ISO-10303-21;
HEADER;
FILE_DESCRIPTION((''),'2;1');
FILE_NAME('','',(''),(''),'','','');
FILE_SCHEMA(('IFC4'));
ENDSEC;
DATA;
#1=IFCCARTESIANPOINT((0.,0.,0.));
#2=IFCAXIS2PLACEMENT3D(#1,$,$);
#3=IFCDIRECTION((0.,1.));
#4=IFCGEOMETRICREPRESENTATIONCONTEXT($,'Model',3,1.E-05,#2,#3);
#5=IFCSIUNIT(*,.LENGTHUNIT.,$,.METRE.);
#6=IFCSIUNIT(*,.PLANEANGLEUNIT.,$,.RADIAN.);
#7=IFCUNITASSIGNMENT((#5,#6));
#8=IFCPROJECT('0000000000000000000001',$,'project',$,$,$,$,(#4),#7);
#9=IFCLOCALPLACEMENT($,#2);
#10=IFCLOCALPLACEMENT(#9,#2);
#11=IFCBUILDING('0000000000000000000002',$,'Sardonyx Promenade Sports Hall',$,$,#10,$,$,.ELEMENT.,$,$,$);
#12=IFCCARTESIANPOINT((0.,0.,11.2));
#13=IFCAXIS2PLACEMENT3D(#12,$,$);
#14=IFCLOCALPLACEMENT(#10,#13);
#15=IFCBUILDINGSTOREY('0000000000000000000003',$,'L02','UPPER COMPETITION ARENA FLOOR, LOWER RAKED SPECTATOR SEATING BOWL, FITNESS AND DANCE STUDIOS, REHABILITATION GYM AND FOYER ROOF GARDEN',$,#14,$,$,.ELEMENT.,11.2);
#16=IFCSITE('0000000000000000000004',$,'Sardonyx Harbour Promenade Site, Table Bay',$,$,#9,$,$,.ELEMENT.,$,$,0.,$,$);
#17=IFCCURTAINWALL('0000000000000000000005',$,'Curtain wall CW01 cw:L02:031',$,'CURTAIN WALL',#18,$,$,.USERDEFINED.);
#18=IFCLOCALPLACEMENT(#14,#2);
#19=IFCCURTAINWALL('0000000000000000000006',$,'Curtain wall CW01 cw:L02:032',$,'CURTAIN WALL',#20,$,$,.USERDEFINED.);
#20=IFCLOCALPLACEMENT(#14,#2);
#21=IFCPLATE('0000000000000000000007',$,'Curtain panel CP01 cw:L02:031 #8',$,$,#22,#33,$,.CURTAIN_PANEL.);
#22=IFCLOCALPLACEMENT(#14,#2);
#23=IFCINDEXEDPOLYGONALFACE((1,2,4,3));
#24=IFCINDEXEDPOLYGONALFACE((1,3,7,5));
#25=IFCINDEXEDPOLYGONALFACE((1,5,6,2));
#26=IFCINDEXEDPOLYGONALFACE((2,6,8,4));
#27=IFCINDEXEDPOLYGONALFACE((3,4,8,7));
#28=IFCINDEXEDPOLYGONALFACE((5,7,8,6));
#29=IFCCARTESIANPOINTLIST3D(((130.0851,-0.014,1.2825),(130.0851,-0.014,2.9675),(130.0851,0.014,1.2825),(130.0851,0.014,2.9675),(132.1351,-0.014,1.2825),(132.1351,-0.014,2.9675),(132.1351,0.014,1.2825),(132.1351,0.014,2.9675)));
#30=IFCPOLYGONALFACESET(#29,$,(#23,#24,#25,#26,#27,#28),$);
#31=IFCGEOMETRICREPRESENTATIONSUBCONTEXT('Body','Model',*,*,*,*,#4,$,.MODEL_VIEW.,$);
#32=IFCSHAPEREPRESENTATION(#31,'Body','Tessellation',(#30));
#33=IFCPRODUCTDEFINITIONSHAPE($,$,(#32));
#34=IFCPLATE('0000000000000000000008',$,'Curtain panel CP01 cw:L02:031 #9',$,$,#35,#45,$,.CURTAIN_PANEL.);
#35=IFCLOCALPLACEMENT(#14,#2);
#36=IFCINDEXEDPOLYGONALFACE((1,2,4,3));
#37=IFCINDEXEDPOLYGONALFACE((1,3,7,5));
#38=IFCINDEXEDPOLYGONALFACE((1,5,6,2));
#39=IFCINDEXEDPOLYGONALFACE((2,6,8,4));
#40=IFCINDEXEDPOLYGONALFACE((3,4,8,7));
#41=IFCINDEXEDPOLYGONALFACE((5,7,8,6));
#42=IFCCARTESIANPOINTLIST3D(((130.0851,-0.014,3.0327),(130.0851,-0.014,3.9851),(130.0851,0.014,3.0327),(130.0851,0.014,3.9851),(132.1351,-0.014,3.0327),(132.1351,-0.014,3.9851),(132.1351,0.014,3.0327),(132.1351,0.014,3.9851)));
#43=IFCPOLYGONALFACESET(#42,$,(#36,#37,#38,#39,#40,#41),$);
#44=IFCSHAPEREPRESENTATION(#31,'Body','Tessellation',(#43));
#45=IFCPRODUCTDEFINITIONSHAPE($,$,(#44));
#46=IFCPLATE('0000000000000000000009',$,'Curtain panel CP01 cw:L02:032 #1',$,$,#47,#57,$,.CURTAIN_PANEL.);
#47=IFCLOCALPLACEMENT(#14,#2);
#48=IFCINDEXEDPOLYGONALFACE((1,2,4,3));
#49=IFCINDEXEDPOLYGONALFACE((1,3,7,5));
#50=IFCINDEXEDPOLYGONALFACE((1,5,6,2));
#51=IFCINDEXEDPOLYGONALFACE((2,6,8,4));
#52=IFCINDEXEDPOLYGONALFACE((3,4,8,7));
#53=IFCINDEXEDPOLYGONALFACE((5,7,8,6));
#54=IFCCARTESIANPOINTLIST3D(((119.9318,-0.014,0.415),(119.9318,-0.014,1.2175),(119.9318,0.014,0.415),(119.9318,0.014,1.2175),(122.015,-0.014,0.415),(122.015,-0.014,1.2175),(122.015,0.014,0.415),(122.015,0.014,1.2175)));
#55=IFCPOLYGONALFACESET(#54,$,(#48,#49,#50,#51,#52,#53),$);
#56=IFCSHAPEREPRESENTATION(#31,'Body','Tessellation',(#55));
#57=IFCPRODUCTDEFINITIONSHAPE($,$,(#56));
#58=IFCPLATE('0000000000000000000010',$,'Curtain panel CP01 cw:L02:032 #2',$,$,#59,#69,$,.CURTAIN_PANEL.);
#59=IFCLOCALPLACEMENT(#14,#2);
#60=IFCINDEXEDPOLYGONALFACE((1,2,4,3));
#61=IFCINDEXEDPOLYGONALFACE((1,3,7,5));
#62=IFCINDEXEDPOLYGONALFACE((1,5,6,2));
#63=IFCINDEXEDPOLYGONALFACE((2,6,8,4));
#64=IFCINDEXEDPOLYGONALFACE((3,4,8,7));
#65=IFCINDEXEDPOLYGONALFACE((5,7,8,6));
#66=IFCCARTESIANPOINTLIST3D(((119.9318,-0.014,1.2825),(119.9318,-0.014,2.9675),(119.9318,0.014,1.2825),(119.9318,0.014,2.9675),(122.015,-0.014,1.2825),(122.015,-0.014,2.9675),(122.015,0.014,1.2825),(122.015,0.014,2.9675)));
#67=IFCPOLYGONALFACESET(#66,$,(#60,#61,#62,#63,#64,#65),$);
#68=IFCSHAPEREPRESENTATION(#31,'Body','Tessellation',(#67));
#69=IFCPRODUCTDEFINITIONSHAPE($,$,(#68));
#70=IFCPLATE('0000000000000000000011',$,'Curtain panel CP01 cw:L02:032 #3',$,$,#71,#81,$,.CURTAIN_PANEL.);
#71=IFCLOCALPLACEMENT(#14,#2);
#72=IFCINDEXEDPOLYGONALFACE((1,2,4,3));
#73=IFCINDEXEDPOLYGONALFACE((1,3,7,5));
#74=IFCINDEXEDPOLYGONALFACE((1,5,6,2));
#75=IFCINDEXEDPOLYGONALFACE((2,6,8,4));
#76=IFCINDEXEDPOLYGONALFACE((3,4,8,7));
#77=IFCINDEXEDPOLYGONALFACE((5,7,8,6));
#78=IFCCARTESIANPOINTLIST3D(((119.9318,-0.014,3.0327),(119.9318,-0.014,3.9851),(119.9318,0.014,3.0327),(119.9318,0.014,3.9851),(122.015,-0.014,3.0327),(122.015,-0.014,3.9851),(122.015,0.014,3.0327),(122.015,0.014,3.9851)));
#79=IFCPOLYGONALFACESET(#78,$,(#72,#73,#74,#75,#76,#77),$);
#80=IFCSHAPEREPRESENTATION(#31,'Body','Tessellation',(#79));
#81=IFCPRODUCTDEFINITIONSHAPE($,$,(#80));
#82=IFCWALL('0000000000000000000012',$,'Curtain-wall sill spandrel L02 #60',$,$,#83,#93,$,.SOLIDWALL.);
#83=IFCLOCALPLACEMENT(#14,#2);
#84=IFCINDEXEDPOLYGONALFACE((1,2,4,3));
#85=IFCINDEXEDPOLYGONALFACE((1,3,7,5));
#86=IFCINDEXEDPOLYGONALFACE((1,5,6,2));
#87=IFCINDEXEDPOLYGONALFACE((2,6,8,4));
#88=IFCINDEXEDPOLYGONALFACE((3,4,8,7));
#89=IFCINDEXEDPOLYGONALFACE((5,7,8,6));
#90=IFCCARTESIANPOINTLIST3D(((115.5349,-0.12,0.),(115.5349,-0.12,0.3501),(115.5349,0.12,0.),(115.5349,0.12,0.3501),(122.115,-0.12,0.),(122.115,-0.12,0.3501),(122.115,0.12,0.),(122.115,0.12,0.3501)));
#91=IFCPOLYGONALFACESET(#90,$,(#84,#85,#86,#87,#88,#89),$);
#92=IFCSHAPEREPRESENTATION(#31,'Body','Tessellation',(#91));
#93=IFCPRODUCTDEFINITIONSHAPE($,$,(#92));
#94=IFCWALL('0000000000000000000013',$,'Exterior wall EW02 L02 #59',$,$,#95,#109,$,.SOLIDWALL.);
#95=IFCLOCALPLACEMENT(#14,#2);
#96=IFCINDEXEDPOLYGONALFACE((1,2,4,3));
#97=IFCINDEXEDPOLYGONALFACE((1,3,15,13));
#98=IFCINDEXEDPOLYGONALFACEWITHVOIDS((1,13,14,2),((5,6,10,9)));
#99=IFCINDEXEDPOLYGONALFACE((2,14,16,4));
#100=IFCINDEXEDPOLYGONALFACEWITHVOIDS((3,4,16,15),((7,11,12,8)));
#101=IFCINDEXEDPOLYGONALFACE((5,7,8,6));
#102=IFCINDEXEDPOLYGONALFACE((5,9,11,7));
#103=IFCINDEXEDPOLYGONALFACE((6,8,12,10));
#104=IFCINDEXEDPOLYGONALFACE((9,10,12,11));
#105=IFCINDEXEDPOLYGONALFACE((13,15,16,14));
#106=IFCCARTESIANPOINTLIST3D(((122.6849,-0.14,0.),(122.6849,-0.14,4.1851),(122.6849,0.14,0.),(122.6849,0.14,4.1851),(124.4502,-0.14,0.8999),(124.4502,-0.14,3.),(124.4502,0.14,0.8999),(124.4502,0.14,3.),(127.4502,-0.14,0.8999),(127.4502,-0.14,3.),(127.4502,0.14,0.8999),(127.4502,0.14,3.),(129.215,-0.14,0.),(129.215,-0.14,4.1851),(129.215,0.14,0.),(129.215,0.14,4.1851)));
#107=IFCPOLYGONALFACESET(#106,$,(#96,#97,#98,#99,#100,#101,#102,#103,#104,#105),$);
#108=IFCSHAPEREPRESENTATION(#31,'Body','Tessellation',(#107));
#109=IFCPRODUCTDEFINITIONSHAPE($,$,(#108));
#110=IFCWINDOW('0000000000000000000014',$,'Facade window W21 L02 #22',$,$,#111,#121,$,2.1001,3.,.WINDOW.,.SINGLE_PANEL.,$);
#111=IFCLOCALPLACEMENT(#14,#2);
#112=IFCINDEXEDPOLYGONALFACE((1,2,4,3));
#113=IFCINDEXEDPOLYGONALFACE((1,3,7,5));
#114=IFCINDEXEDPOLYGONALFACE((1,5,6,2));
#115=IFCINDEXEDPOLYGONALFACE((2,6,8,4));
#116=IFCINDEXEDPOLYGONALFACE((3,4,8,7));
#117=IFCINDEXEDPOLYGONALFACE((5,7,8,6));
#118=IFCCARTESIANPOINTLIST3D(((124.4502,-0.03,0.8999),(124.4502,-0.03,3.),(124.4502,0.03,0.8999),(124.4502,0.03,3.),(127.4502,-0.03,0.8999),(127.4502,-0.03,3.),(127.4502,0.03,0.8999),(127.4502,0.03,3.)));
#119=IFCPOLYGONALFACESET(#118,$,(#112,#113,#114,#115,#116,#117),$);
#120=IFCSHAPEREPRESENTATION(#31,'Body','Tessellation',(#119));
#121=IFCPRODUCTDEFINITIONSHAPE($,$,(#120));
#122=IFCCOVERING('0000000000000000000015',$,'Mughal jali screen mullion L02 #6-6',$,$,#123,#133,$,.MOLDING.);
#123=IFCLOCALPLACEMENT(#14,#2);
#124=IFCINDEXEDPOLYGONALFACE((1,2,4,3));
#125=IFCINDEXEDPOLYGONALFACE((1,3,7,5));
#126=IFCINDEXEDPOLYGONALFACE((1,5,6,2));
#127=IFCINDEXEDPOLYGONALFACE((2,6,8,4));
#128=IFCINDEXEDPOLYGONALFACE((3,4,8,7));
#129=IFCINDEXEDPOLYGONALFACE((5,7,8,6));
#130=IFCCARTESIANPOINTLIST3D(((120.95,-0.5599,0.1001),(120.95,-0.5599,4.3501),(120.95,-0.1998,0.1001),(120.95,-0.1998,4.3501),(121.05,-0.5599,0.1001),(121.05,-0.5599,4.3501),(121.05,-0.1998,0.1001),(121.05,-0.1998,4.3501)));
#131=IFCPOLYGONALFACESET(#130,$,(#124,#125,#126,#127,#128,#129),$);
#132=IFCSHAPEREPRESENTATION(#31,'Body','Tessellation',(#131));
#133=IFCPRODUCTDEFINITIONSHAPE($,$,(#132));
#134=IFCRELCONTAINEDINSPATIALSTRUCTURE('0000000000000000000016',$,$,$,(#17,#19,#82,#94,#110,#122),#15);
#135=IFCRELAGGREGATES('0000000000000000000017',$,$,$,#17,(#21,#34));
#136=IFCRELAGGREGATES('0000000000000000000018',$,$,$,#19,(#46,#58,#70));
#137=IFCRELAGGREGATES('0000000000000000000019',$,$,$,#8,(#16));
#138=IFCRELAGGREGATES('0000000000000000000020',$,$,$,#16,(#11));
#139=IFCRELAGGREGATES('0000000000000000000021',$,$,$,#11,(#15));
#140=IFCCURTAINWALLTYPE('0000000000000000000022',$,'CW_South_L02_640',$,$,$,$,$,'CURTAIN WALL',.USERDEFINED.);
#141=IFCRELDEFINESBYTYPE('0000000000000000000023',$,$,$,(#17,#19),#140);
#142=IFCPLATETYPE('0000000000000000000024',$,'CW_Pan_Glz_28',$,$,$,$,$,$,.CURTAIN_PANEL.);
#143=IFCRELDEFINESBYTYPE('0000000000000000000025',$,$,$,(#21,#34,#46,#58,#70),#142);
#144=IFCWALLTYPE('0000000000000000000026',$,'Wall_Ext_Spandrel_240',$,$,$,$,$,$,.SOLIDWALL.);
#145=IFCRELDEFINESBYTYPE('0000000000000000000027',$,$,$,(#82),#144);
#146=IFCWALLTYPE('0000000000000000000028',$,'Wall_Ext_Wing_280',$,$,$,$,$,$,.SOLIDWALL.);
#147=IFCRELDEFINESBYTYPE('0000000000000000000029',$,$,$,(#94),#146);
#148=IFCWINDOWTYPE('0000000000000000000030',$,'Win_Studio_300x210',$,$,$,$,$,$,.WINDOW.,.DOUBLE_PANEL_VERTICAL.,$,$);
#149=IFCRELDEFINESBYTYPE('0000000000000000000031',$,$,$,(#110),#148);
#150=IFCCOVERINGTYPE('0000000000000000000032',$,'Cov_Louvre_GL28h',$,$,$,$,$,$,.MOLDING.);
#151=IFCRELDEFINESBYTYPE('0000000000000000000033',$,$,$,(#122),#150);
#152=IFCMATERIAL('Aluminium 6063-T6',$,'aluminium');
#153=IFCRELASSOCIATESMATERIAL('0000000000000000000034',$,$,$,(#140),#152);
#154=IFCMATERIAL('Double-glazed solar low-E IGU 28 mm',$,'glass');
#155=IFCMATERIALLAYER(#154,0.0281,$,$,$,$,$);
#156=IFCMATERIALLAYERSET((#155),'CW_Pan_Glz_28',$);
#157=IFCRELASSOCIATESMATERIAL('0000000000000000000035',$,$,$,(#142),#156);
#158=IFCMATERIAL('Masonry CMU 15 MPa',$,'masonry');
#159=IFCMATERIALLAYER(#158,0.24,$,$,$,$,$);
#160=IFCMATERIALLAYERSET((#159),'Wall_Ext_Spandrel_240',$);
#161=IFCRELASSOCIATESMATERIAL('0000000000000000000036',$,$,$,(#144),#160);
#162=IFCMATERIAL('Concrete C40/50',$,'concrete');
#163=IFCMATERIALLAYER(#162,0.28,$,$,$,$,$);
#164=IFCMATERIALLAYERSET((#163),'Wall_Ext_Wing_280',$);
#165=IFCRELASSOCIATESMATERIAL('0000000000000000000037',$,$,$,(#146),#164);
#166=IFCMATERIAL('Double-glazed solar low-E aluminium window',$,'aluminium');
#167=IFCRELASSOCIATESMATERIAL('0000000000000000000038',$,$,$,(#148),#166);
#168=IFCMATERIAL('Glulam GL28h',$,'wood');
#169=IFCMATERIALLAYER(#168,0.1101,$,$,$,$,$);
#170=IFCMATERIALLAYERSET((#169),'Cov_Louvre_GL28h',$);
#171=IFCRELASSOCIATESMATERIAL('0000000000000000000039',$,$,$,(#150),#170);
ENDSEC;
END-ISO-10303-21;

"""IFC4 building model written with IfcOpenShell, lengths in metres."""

from ifc_helpers import new_model, si_unit, direction, frame, frame_2d, origin, origin_2d, place, context, subcontext, project, spatial, rectangle, extrude, material, layer, layer_set, type_object, element, fill, aggregate, save


model = new_model("IFC4")

# Units and contexts
model_context = context("Model", 3, precision=1e-05, world=origin(), true_north=direction((0.0, 1.0)))
body_context = subcontext(model_context, "Body", "Model", "MODEL_VIEW")
ifc_project = project(units=[si_unit("LENGTHUNIT", "METRE"), si_unit("PLANEANGLEUNIT", "RADIAN")], contexts=[model_context])

# Site, building, storey
site_placement = place(None, origin())
site = spatial("IfcSite", under=ifc_project, at=site_placement, Name="Sardonyx Harbour Promenade Site, Table Bay", CompositionType="ELEMENT", RefElevation=0.0)
building_placement = place(site_placement, origin())
building = spatial("IfcBuilding", under=site, at=building_placement, Name="Sardonyx Promenade Sports Hall", CompositionType="ELEMENT")
storey_placement = place(building_placement, frame((0.0, 0.0, 11.2)))
storey = spatial("IfcBuildingStorey", under=building, at=storey_placement, Name="L02", Description="UPPER COMPETITION ARENA FLOOR, LOWER RAKED SPECTATOR SEATING BOWL, FITNESS AND DANCE STUDIOS, REHABILITATION GYM AND FOYER ROOF GARDEN", CompositionType="ELEMENT", Elevation=11.2)

# Curtain wall
ifc_material_1 = material(Name="Aluminium 6063-T6", Category="aluminium")
curtain_wall_type = type_object("IfcCurtainWallType", Name="CW_South_L02_640", ElementType="CURTAIN WALL", PredefinedType="USERDEFINED", material=ifc_material_1)
curtain_wall_1_placement = place(storey_placement, origin())
curtain_wall_1 = element("IfcCurtainWall", 1, at=curtain_wall_1_placement, inside=storey, type_object=curtain_wall_type, Name="Curtain wall CW01 cw:L02:031", ObjectType="CURTAIN WALL", PredefinedType="USERDEFINED")

# Curtain wall
curtain_wall_2_placement = place(storey_placement, origin())
curtain_wall_2 = element("IfcCurtainWall", 2, at=curtain_wall_2_placement, inside=storey, type_object=curtain_wall_type, Name="Curtain wall CW01 cw:L02:032", ObjectType="CURTAIN WALL", PredefinedType="USERDEFINED")

# Plates
ifc_material_2 = material(Name="Double-glazed solar low-E IGU 28 mm", Category="glass")
ifc_layer_1 = layer(ifc_material_2, 0.0281)
ifc_layer_set_1 = layer_set([ifc_layer_1], Name="CW_Pan_Glz_28")
plate_type = type_object("IfcPlateType", Name="CW_Pan_Glz_28", PredefinedType="CURTAIN_PANEL", material=ifc_layer_set_1)
plate_1_placement = place(storey_placement, frame((131.1101, 0.0, 1.2825), z_axis=(0.0, 0.0, 1.0), x_axis=(-1.0, 0.0, 0.0)))
plate_1 = element("IfcPlate", 3, at=plate_1_placement, type_object=plate_type, Name="Curtain panel CP01 cw:L02:031 #8", PredefinedType="CURTAIN_PANEL", context=body_context, shape_type="SweptSolid", body=[
    extrude(rectangle(XDim=2.05, YDim=0.0281, at=origin_2d()), origin(), (0.0, 0.0, 1.0), 1.6851),
])
plate_2_placement = place(storey_placement, frame((131.1101, 0.0, 3.0327), z_axis=(0.0, 0.0, 1.0), x_axis=(-1.0, 0.0, 0.0)))
plate_2 = element("IfcPlate", 4, at=plate_2_placement, type_object=plate_type, Name="Curtain panel CP01 cw:L02:031 #9", PredefinedType="CURTAIN_PANEL", context=body_context, shape_type="SweptSolid", body=[
    extrude(rectangle(XDim=2.05, YDim=0.0281, at=origin_2d()), origin(), (0.0, 0.0, 1.0), 0.9524),
])
aggregate(curtain_wall_1, [plate_1, plate_2])
plate_3_placement = place(storey_placement, frame((120.9734, 0.0, 0.415), z_axis=(0.0, 0.0, 1.0), x_axis=(-1.0, 0.0, 0.0)))
plate_3 = element("IfcPlate", 5, at=plate_3_placement, type_object=plate_type, Name="Curtain panel CP01 cw:L02:032 #1", PredefinedType="CURTAIN_PANEL", context=body_context, shape_type="SweptSolid", body=[
    extrude(rectangle(XDim=2.0833, YDim=0.0281, at=origin_2d()), origin(), (0.0, 0.0, 1.0), 0.8025),
])
plate_4_placement = place(storey_placement, frame((120.9734, 0.0, 1.2825), z_axis=(0.0, 0.0, 1.0), x_axis=(-1.0, 0.0, 0.0)))
plate_4 = element("IfcPlate", 6, at=plate_4_placement, type_object=plate_type, Name="Curtain panel CP01 cw:L02:032 #2", PredefinedType="CURTAIN_PANEL", context=body_context, shape_type="SweptSolid", body=[
    extrude(rectangle(XDim=2.0833, YDim=0.0281, at=origin_2d()), origin(), (0.0, 0.0, 1.0), 1.6851),
])
plate_5_placement = place(storey_placement, frame((120.9734, 0.0, 3.0327), z_axis=(0.0, 0.0, 1.0), x_axis=(-1.0, 0.0, 0.0)))
plate_5 = element("IfcPlate", 7, at=plate_5_placement, type_object=plate_type, Name="Curtain panel CP01 cw:L02:032 #3", PredefinedType="CURTAIN_PANEL", context=body_context, shape_type="SweptSolid", body=[
    extrude(rectangle(XDim=2.0833, YDim=0.0281, at=origin_2d()), origin(), (0.0, 0.0, 1.0), 0.9524),
])
aggregate(curtain_wall_2, [plate_3, plate_4, plate_5])

# Wall
ifc_material_3 = material(Name="Masonry CMU 15 MPa", Category="masonry")
ifc_layer_2 = layer(ifc_material_3, 0.24)
ifc_layer_set_2 = layer_set([ifc_layer_2], Name="Wall_Ext_Spandrel_240")
wall_type_1 = type_object("IfcWallType", Name="Wall_Ext_Spandrel_240", PredefinedType="SOLIDWALL", material=ifc_layer_set_2)
wall_1_placement = place(storey_placement, frame((122.115, 0.0, 0.0), z_axis=(0.0, 0.0, 1.0), x_axis=(-1.0, 0.0, 0.0)))
element("IfcWall", 8, at=wall_1_placement, inside=storey, type_object=wall_type_1, Name="Curtain-wall sill spandrel L02 #60", PredefinedType="SOLIDWALL", context=body_context, shape_type="SweptSolid", body=[
    extrude(rectangle(XDim=6.5801, YDim=0.24, at=frame_2d((3.29, 0.0))), origin(), (0.0, 0.0, 1.0), 0.3501),
])

# Wall, opening, window
ifc_material_4 = material(Name="Concrete C40/50", Category="concrete")
ifc_layer_3 = layer(ifc_material_4, 0.28)
ifc_layer_set_3 = layer_set([ifc_layer_3], Name="Wall_Ext_Wing_280")
wall_type_2 = type_object("IfcWallType", Name="Wall_Ext_Wing_280", PredefinedType="SOLIDWALL", material=ifc_layer_set_3)
wall_2_placement = place(storey_placement, frame((129.2151, 0.0, 0.0), z_axis=(0.0, 0.0, 1.0), x_axis=(-1.0, 0.0, 0.0)))
wall_2 = element("IfcWall", 9, at=wall_2_placement, inside=storey, type_object=wall_type_2, Name="Exterior wall EW02 L02 #59", PredefinedType="SOLIDWALL", context=body_context, shape_type="SweptSolid", body=[
    extrude(rectangle(XDim=6.53, YDim=0.28, at=frame_2d((3.2651, 0.0))), origin(), (0.0, 0.0, 1.0), 4.1851),
])
opening_placement = place(wall_2_placement, frame((1.7649, 0.0, 0.8999)))
opening = element("IfcOpeningElement", 10, at=opening_placement, cuts=wall_2, PredefinedType="OPENING", context=body_context, shape_type="SweptSolid", body=[
    extrude(rectangle(XDim=3.0, YDim=2.1001, at=frame_2d((1.5, 1.05))), frame((0.0, 0.15, 0.0), z_axis=(0.0, -1.0, 0.0), x_axis=(1.0, 0.0, 0.0)), (0.0, 0.0, 1.0), 0.3),
])
ifc_material_5 = material(Name="Double-glazed solar low-E aluminium window", Category="aluminium")
window_type = type_object("IfcWindowType", Name="Win_Studio_300x210", PartitioningType="DOUBLE_PANEL_VERTICAL", PredefinedType="WINDOW", material=ifc_material_5)
window_placement = place(opening_placement, origin())
window = element("IfcWindow", 11, at=window_placement, inside=storey, type_object=window_type, Name="Facade window W21 L02 #22", OverallHeight=2.1001, OverallWidth=3.0, PartitioningType="SINGLE_PANEL", PredefinedType="WINDOW", context=body_context, shape_type="SweptSolid", body=[
    extrude(rectangle(XDim=3.0, YDim=2.1001, at=frame_2d((1.5, 1.05))), frame((0.0, 0.03, 0.0), z_axis=(0.0, -1.0, 0.0), x_axis=(1.0, 0.0, 0.0)), (0.0, 0.0, 1.0), 0.0601),
])
fill(opening, window)

# Covering
ifc_material_6 = material(Name="Glulam GL28h", Category="wood")
ifc_layer_4 = layer(ifc_material_6, 0.1101)
ifc_layer_set_4 = layer_set([ifc_layer_4], Name="Cov_Louvre_GL28h")
covering_type = type_object("IfcCoveringType", Name="Cov_Louvre_GL28h", PredefinedType="MOLDING", material=ifc_layer_set_4)
covering_placement = place(storey_placement, frame((121.0, -0.3799, 0.1001), z_axis=(0.0, 0.0, 1.0), x_axis=(1.0, 0.0, 0.0)))
element("IfcCovering", 12, at=covering_placement, inside=storey, type_object=covering_type, Name="Mughal jali screen mullion L02 #6-6", PredefinedType="MOLDING", context=body_context, shape_type="SweptSolid", body=[
    extrude(rectangle(XDim=0.1001, YDim=0.3601, at=origin_2d()), origin(), (0.0, 0.0, 1.0), 4.25),
])

save(model, "model.ifc")
